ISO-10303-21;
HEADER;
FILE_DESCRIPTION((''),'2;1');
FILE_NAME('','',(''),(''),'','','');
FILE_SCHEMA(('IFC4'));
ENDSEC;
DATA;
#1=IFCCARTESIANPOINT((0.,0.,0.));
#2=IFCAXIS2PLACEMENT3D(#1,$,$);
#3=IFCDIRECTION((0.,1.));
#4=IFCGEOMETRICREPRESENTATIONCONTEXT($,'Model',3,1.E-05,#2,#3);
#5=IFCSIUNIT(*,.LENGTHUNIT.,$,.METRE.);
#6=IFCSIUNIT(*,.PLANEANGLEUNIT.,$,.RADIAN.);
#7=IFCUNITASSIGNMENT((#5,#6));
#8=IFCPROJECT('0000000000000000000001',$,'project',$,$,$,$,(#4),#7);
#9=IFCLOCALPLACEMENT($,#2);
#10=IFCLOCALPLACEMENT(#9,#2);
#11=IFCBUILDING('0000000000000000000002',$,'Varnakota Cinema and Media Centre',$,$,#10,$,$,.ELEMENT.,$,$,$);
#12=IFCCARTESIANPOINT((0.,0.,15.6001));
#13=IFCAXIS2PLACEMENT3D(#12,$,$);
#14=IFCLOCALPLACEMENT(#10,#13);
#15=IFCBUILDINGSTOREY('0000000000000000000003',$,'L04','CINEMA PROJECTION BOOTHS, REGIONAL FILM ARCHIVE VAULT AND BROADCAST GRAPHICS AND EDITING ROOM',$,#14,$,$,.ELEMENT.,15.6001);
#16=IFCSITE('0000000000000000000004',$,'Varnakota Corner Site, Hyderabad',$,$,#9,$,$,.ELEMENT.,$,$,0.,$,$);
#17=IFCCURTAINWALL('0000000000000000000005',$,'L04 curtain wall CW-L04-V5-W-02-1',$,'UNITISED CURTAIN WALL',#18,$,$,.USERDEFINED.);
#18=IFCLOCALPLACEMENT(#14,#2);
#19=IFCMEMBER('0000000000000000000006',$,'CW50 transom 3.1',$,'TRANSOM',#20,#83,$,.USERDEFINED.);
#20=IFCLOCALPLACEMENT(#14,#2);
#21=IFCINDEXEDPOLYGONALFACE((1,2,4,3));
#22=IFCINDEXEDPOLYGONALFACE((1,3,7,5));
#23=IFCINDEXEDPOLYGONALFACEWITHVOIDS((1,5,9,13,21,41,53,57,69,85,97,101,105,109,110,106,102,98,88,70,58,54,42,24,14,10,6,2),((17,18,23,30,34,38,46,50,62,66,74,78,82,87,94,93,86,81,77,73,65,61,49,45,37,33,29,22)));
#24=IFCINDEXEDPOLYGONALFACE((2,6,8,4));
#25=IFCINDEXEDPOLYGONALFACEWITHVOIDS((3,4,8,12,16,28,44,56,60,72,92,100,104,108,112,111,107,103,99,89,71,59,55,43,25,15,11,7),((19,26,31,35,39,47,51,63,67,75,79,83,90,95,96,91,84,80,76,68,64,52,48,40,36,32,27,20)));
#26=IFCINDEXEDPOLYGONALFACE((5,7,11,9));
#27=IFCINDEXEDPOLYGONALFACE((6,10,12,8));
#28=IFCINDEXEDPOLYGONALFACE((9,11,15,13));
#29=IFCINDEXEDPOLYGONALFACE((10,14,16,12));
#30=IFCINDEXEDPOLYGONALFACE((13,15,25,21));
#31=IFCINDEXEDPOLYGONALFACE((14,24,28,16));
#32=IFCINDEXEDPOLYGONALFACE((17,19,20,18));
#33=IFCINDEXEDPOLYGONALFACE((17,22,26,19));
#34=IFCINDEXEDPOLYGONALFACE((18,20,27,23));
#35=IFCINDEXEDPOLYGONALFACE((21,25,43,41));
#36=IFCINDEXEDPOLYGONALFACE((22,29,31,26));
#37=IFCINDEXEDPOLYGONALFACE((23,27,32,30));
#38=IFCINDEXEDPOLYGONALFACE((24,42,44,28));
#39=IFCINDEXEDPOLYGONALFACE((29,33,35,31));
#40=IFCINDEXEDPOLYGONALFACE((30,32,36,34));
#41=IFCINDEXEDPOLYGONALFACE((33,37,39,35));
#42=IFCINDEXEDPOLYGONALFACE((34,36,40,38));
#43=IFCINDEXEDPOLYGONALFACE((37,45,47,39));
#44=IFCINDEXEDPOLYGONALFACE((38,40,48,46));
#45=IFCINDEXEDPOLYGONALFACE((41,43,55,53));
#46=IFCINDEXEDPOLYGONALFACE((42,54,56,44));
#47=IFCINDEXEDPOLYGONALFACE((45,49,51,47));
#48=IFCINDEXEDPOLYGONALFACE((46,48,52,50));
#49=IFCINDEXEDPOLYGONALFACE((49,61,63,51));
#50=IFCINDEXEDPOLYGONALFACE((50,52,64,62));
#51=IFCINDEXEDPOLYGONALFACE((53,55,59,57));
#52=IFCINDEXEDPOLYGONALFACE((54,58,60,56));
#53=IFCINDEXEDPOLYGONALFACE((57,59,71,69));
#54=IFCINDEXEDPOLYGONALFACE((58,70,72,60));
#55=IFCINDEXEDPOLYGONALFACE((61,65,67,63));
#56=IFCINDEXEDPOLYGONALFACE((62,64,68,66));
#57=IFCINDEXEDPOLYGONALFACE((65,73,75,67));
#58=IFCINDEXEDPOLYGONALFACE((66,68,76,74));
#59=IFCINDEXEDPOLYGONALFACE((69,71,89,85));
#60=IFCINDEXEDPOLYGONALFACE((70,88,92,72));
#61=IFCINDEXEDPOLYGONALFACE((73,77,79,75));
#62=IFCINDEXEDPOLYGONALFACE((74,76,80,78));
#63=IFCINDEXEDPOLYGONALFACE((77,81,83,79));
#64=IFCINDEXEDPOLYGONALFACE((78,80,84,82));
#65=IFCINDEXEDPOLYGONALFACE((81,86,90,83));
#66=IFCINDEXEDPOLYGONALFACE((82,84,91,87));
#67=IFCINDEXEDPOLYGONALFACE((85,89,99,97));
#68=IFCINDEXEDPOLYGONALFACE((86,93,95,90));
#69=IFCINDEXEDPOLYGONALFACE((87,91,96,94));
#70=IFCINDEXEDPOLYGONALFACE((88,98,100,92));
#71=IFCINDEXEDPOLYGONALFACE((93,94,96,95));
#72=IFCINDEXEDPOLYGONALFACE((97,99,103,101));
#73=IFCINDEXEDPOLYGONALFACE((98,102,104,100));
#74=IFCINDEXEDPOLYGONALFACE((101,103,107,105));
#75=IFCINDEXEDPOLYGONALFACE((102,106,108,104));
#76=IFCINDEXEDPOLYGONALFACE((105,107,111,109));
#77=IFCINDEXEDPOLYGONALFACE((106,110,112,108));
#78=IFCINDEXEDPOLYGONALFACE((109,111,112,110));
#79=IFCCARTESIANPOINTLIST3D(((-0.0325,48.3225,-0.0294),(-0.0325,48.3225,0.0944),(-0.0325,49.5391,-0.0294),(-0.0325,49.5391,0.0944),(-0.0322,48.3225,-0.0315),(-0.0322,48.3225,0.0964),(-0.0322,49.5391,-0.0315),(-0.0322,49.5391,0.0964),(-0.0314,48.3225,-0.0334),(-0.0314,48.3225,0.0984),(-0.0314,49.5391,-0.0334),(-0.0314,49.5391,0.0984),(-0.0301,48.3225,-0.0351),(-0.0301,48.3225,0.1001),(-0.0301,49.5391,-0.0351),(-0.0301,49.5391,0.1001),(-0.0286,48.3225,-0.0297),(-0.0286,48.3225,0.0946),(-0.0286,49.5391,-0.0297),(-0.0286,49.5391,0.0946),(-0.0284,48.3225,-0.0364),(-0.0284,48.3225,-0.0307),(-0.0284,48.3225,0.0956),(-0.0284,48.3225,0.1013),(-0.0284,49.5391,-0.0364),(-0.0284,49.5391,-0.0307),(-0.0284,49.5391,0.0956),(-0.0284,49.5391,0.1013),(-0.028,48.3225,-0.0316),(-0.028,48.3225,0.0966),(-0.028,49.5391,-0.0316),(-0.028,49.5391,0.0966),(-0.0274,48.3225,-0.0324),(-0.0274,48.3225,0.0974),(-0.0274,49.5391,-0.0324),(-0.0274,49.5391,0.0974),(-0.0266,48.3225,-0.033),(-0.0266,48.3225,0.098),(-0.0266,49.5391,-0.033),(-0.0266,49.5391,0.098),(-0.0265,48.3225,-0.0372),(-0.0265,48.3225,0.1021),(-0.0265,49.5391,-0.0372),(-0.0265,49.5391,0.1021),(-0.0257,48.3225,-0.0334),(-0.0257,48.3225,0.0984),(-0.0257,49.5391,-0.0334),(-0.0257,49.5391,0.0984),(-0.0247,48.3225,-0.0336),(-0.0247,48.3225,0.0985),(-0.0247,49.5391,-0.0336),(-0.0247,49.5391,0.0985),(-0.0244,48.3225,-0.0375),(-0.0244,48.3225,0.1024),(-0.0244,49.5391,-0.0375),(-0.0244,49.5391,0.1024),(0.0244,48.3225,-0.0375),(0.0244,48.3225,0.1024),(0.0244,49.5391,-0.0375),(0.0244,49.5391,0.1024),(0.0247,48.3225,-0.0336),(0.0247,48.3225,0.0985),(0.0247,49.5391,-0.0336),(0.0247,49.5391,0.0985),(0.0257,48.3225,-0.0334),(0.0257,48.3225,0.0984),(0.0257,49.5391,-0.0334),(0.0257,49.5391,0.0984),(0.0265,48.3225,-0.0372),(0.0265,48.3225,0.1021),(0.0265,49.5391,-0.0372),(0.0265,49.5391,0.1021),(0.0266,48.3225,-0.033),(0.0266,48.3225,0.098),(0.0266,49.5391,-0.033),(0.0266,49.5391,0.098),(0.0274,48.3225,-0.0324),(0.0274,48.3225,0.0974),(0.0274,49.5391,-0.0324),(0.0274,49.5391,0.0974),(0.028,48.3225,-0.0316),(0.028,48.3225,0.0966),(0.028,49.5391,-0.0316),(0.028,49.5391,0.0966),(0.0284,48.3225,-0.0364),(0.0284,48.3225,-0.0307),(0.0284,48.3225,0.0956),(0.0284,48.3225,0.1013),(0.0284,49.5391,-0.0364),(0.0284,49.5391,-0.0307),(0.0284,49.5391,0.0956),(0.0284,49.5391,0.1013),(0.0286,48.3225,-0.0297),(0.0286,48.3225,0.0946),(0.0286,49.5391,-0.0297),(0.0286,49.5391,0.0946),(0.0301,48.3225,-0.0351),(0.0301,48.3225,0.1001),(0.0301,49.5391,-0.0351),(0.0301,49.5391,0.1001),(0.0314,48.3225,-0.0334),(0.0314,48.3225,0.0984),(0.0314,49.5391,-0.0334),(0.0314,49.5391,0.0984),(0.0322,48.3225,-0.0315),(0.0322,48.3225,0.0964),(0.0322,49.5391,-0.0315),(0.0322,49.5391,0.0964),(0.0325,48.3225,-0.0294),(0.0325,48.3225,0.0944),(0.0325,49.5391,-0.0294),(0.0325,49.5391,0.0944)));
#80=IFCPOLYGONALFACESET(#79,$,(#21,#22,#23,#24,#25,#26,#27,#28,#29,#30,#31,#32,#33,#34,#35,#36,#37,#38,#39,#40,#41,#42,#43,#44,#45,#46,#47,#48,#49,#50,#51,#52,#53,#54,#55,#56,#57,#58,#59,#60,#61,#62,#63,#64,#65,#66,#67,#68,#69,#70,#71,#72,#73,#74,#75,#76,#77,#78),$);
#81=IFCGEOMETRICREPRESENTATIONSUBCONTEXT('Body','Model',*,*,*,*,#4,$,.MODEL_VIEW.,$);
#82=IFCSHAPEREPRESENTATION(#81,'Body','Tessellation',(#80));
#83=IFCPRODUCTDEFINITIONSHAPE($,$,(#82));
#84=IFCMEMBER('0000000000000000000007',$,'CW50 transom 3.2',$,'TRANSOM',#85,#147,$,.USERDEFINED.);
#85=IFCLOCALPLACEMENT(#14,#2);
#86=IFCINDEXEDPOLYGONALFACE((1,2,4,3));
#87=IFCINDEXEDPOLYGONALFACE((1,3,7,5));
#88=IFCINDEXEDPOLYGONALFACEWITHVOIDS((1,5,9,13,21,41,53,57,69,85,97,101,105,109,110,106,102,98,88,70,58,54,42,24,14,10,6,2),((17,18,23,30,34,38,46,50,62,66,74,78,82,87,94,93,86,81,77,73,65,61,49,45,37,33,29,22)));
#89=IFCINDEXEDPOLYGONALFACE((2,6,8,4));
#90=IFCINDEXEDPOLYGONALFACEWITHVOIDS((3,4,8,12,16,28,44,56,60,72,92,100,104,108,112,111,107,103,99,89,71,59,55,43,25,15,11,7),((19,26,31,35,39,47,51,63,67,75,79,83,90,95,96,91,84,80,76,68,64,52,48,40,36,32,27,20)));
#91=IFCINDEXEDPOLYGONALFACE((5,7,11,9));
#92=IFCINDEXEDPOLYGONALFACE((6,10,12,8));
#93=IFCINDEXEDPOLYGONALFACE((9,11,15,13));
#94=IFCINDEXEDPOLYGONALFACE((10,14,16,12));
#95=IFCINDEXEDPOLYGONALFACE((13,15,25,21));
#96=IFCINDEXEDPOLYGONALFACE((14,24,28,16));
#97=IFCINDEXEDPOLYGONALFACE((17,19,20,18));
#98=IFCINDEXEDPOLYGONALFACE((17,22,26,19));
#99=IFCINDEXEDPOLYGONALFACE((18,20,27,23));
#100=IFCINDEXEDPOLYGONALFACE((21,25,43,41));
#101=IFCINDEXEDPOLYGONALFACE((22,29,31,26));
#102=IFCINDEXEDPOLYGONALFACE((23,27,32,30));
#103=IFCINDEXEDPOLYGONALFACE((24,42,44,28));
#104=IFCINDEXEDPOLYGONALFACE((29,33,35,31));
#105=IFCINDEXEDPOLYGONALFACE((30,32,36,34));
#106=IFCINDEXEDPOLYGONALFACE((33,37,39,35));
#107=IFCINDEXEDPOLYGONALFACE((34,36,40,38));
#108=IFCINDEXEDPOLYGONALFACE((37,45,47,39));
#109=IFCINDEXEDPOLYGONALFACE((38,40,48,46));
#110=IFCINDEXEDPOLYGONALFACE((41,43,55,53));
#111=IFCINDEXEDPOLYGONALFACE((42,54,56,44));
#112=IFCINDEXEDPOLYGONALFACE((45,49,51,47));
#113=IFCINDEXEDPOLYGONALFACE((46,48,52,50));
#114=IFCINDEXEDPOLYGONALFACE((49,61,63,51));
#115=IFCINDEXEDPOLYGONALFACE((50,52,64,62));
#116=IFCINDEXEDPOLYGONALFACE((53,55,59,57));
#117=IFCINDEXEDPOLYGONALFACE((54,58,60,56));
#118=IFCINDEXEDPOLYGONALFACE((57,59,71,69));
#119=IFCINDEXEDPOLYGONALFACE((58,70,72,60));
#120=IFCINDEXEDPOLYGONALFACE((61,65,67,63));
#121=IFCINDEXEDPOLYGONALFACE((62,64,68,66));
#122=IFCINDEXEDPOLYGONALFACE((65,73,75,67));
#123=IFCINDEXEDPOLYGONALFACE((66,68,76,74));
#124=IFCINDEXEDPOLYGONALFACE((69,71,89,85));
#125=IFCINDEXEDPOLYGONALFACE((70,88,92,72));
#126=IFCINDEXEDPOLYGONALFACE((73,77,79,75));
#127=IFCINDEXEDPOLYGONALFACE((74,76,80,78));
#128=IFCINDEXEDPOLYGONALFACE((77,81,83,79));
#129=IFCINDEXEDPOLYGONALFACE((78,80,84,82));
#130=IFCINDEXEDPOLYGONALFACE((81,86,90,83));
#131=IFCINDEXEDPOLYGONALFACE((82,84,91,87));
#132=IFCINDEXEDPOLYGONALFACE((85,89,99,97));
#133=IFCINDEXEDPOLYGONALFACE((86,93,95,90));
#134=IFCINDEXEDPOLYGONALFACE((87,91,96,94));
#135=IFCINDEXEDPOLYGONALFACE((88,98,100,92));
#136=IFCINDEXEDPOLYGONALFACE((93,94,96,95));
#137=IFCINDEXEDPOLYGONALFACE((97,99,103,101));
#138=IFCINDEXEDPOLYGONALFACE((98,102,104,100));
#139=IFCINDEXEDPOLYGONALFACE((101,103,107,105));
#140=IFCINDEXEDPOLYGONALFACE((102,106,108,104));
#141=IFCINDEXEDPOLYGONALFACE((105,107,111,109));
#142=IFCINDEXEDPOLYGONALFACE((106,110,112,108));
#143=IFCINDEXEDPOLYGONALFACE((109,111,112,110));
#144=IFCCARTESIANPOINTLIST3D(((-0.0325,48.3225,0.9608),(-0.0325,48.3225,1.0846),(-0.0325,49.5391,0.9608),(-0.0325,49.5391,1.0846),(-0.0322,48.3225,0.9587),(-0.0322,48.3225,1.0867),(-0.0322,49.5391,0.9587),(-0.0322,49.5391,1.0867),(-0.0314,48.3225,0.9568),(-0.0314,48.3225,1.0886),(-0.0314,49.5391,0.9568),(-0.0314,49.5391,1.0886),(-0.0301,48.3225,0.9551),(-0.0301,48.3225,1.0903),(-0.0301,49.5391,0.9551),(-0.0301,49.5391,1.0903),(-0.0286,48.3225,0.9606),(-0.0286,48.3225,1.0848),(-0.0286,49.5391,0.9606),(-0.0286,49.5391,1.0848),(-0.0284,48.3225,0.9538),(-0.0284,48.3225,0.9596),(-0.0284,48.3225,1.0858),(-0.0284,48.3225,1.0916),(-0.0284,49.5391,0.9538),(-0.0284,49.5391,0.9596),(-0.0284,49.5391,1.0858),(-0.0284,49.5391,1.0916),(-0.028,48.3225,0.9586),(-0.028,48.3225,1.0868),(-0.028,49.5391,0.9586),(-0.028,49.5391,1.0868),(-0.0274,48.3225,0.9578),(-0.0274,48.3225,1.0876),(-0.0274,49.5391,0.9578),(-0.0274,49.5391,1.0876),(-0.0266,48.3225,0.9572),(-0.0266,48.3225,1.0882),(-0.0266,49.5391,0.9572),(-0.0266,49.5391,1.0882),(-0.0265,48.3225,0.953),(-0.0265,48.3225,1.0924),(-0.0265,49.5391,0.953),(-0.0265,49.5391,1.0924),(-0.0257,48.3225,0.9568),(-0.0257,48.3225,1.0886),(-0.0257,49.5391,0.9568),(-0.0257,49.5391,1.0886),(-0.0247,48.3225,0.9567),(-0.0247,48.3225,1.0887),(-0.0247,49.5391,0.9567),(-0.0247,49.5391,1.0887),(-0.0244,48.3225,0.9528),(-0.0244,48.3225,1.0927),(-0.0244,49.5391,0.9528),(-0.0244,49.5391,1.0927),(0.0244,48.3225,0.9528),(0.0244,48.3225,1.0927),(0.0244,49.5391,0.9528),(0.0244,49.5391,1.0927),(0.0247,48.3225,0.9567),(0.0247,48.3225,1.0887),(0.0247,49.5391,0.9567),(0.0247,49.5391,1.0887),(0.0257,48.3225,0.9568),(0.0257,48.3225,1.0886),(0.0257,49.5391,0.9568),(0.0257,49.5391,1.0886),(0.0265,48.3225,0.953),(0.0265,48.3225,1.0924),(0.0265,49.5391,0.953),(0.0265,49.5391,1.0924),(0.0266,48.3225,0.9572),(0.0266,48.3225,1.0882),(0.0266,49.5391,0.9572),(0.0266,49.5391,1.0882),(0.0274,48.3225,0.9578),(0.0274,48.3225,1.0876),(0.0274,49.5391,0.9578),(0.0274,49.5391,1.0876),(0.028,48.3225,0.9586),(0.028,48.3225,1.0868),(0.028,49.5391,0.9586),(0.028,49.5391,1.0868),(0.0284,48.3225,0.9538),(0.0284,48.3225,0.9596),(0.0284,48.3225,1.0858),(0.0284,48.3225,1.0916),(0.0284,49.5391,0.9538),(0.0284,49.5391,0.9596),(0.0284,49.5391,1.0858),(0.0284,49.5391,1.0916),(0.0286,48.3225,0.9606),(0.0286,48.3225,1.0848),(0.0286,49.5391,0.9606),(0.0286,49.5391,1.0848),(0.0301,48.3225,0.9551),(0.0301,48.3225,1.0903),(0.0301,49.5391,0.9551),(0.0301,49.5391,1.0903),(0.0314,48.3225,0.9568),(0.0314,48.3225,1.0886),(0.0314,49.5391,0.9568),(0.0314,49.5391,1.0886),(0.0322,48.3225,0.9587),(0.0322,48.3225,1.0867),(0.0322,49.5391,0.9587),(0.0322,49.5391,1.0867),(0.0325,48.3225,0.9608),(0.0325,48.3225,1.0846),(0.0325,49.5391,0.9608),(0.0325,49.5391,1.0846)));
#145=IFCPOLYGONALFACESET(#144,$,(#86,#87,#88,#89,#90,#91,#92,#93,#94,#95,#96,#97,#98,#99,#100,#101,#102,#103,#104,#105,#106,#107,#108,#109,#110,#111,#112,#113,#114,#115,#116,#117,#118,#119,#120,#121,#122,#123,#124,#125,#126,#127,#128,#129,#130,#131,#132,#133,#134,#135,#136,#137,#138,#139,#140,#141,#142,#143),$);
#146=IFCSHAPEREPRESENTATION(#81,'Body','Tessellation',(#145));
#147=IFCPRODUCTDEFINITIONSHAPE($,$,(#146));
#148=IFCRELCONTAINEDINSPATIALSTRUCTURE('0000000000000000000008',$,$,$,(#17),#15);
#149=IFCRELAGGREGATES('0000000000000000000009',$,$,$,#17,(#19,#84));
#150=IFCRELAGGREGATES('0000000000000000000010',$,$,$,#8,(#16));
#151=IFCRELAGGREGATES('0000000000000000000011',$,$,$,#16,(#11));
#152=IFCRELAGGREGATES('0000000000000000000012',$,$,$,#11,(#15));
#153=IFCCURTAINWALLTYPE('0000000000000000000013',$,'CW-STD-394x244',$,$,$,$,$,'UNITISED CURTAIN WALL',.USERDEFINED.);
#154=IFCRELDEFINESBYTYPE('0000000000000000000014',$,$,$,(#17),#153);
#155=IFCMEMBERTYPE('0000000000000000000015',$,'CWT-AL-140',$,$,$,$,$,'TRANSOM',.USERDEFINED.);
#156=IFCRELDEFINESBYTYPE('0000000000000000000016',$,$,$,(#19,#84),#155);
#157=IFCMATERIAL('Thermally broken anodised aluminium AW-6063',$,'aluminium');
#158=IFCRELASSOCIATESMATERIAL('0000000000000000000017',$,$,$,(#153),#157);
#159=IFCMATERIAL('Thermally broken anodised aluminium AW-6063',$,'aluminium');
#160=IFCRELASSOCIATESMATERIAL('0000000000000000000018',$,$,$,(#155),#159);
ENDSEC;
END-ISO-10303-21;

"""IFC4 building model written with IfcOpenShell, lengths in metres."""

from ifc_helpers import new_model, si_unit, direction, frame, origin, origin_2d, place, context, subcontext, project, spatial, hollow_rectangle, extrude, material, material_profile, profile_set, type_object, element, aggregate, save


model = new_model("IFC4")

# Units and contexts
model_context = context("Model", 3, precision=1e-05, world=origin(), true_north=direction((0.0, 1.0)))
body_context = subcontext(model_context, "Body", "Model", "MODEL_VIEW")
ifc_project = project(units=[si_unit("LENGTHUNIT", "METRE"), si_unit("PLANEANGLEUNIT", "RADIAN")], contexts=[model_context])

# Site, building, storey
site_placement = place(None, origin())
site = spatial("IfcSite", under=ifc_project, at=site_placement, Name="Varnakota Corner Site, Hyderabad", CompositionType="ELEMENT", RefElevation=0.0)
building_placement = place(site_placement, origin())
building = spatial("IfcBuilding", under=site, at=building_placement, Name="Varnakota Cinema and Media Centre", CompositionType="ELEMENT")
storey_placement = place(building_placement, frame((0.0, 0.0, 15.6001)))
storey = spatial("IfcBuildingStorey", under=building, at=storey_placement, Name="L04", Description="CINEMA PROJECTION BOOTHS, REGIONAL FILM ARCHIVE VAULT AND BROADCAST GRAPHICS AND EDITING ROOM", CompositionType="ELEMENT", Elevation=15.6001)

# Curtain wall
ifc_material_1 = material(Name="Thermally broken anodised aluminium AW-6063", Category="aluminium")
curtain_wall_type = type_object("IfcCurtainWallType", Name="CW-STD-394x244", ElementType="UNITISED CURTAIN WALL", PredefinedType="USERDEFINED", material=ifc_material_1)
curtain_wall_1_placement = place(storey_placement, origin())
curtain_wall_1 = element("IfcCurtainWall", 1, at=curtain_wall_1_placement, inside=storey, type_object=curtain_wall_type, Name="L04 curtain wall CW-L04-V5-W-02-1", ObjectType="UNITISED CURTAIN WALL", PredefinedType="USERDEFINED")

# Members
ifc_material_2 = material(Name="Thermally broken anodised aluminium AW-6063", Category="aluminium")
ifc_material_profile_1 = material_profile(ifc_material_2, hollow_rectangle(XDim=0.0649, YDim=0.1399, WallThickness=0.0039, InnerFilletRadius=0.0039, OuterFilletRadius=0.0081, at=origin_2d()), Name="AL-TRANSOM 140x65x4")
ifc_profile_set_1 = profile_set([ifc_material_profile_1], Name="Thermally broken anodised aluminium AW-6063")
member_type_1 = type_object("IfcMemberType", Name="CWT-AL-140", ElementType="TRANSOM", PredefinedType="USERDEFINED", material=ifc_profile_set_1)
member_1_placement = place(storey_placement, frame((0.0, 49.5391, 0.0325), z_axis=(0.0, -1.0, 0.0), x_axis=(1.0, 0.0, 0.0)))
member_1 = element("IfcMember", 2, at=member_1_placement, type_object=member_type_1, Name="CW50 transom 3.1", ObjectType="TRANSOM", PredefinedType="USERDEFINED", context=body_context, shape_type="SweptSolid", body=[
    extrude(hollow_rectangle(XDim=0.0649, YDim=0.1399, WallThickness=0.0039, InnerFilletRadius=0.0039, OuterFilletRadius=0.0081, at=origin_2d()), origin(), (0.0, 0.0, 1.0), 1.2166),
])
member_2_placement = place(storey_placement, frame((0.0, 49.5391, 1.0227), z_axis=(0.0, -1.0, 0.0), x_axis=(1.0, 0.0, 0.0)))
member_2 = element("IfcMember", 3, at=member_2_placement, type_object=member_type_1, Name="CW50 transom 3.2", ObjectType="TRANSOM", PredefinedType="USERDEFINED", context=body_context, shape_type="SweptSolid", body=[
    extrude(hollow_rectangle(XDim=0.0649, YDim=0.1399, WallThickness=0.0039, InnerFilletRadius=0.0039, OuterFilletRadius=0.0081, at=origin_2d()), origin(), (0.0, 0.0, 1.0), 1.2166),
])

aggregate(curtain_wall_1, [member_1, member_2])

save(model, "model.ifc")
